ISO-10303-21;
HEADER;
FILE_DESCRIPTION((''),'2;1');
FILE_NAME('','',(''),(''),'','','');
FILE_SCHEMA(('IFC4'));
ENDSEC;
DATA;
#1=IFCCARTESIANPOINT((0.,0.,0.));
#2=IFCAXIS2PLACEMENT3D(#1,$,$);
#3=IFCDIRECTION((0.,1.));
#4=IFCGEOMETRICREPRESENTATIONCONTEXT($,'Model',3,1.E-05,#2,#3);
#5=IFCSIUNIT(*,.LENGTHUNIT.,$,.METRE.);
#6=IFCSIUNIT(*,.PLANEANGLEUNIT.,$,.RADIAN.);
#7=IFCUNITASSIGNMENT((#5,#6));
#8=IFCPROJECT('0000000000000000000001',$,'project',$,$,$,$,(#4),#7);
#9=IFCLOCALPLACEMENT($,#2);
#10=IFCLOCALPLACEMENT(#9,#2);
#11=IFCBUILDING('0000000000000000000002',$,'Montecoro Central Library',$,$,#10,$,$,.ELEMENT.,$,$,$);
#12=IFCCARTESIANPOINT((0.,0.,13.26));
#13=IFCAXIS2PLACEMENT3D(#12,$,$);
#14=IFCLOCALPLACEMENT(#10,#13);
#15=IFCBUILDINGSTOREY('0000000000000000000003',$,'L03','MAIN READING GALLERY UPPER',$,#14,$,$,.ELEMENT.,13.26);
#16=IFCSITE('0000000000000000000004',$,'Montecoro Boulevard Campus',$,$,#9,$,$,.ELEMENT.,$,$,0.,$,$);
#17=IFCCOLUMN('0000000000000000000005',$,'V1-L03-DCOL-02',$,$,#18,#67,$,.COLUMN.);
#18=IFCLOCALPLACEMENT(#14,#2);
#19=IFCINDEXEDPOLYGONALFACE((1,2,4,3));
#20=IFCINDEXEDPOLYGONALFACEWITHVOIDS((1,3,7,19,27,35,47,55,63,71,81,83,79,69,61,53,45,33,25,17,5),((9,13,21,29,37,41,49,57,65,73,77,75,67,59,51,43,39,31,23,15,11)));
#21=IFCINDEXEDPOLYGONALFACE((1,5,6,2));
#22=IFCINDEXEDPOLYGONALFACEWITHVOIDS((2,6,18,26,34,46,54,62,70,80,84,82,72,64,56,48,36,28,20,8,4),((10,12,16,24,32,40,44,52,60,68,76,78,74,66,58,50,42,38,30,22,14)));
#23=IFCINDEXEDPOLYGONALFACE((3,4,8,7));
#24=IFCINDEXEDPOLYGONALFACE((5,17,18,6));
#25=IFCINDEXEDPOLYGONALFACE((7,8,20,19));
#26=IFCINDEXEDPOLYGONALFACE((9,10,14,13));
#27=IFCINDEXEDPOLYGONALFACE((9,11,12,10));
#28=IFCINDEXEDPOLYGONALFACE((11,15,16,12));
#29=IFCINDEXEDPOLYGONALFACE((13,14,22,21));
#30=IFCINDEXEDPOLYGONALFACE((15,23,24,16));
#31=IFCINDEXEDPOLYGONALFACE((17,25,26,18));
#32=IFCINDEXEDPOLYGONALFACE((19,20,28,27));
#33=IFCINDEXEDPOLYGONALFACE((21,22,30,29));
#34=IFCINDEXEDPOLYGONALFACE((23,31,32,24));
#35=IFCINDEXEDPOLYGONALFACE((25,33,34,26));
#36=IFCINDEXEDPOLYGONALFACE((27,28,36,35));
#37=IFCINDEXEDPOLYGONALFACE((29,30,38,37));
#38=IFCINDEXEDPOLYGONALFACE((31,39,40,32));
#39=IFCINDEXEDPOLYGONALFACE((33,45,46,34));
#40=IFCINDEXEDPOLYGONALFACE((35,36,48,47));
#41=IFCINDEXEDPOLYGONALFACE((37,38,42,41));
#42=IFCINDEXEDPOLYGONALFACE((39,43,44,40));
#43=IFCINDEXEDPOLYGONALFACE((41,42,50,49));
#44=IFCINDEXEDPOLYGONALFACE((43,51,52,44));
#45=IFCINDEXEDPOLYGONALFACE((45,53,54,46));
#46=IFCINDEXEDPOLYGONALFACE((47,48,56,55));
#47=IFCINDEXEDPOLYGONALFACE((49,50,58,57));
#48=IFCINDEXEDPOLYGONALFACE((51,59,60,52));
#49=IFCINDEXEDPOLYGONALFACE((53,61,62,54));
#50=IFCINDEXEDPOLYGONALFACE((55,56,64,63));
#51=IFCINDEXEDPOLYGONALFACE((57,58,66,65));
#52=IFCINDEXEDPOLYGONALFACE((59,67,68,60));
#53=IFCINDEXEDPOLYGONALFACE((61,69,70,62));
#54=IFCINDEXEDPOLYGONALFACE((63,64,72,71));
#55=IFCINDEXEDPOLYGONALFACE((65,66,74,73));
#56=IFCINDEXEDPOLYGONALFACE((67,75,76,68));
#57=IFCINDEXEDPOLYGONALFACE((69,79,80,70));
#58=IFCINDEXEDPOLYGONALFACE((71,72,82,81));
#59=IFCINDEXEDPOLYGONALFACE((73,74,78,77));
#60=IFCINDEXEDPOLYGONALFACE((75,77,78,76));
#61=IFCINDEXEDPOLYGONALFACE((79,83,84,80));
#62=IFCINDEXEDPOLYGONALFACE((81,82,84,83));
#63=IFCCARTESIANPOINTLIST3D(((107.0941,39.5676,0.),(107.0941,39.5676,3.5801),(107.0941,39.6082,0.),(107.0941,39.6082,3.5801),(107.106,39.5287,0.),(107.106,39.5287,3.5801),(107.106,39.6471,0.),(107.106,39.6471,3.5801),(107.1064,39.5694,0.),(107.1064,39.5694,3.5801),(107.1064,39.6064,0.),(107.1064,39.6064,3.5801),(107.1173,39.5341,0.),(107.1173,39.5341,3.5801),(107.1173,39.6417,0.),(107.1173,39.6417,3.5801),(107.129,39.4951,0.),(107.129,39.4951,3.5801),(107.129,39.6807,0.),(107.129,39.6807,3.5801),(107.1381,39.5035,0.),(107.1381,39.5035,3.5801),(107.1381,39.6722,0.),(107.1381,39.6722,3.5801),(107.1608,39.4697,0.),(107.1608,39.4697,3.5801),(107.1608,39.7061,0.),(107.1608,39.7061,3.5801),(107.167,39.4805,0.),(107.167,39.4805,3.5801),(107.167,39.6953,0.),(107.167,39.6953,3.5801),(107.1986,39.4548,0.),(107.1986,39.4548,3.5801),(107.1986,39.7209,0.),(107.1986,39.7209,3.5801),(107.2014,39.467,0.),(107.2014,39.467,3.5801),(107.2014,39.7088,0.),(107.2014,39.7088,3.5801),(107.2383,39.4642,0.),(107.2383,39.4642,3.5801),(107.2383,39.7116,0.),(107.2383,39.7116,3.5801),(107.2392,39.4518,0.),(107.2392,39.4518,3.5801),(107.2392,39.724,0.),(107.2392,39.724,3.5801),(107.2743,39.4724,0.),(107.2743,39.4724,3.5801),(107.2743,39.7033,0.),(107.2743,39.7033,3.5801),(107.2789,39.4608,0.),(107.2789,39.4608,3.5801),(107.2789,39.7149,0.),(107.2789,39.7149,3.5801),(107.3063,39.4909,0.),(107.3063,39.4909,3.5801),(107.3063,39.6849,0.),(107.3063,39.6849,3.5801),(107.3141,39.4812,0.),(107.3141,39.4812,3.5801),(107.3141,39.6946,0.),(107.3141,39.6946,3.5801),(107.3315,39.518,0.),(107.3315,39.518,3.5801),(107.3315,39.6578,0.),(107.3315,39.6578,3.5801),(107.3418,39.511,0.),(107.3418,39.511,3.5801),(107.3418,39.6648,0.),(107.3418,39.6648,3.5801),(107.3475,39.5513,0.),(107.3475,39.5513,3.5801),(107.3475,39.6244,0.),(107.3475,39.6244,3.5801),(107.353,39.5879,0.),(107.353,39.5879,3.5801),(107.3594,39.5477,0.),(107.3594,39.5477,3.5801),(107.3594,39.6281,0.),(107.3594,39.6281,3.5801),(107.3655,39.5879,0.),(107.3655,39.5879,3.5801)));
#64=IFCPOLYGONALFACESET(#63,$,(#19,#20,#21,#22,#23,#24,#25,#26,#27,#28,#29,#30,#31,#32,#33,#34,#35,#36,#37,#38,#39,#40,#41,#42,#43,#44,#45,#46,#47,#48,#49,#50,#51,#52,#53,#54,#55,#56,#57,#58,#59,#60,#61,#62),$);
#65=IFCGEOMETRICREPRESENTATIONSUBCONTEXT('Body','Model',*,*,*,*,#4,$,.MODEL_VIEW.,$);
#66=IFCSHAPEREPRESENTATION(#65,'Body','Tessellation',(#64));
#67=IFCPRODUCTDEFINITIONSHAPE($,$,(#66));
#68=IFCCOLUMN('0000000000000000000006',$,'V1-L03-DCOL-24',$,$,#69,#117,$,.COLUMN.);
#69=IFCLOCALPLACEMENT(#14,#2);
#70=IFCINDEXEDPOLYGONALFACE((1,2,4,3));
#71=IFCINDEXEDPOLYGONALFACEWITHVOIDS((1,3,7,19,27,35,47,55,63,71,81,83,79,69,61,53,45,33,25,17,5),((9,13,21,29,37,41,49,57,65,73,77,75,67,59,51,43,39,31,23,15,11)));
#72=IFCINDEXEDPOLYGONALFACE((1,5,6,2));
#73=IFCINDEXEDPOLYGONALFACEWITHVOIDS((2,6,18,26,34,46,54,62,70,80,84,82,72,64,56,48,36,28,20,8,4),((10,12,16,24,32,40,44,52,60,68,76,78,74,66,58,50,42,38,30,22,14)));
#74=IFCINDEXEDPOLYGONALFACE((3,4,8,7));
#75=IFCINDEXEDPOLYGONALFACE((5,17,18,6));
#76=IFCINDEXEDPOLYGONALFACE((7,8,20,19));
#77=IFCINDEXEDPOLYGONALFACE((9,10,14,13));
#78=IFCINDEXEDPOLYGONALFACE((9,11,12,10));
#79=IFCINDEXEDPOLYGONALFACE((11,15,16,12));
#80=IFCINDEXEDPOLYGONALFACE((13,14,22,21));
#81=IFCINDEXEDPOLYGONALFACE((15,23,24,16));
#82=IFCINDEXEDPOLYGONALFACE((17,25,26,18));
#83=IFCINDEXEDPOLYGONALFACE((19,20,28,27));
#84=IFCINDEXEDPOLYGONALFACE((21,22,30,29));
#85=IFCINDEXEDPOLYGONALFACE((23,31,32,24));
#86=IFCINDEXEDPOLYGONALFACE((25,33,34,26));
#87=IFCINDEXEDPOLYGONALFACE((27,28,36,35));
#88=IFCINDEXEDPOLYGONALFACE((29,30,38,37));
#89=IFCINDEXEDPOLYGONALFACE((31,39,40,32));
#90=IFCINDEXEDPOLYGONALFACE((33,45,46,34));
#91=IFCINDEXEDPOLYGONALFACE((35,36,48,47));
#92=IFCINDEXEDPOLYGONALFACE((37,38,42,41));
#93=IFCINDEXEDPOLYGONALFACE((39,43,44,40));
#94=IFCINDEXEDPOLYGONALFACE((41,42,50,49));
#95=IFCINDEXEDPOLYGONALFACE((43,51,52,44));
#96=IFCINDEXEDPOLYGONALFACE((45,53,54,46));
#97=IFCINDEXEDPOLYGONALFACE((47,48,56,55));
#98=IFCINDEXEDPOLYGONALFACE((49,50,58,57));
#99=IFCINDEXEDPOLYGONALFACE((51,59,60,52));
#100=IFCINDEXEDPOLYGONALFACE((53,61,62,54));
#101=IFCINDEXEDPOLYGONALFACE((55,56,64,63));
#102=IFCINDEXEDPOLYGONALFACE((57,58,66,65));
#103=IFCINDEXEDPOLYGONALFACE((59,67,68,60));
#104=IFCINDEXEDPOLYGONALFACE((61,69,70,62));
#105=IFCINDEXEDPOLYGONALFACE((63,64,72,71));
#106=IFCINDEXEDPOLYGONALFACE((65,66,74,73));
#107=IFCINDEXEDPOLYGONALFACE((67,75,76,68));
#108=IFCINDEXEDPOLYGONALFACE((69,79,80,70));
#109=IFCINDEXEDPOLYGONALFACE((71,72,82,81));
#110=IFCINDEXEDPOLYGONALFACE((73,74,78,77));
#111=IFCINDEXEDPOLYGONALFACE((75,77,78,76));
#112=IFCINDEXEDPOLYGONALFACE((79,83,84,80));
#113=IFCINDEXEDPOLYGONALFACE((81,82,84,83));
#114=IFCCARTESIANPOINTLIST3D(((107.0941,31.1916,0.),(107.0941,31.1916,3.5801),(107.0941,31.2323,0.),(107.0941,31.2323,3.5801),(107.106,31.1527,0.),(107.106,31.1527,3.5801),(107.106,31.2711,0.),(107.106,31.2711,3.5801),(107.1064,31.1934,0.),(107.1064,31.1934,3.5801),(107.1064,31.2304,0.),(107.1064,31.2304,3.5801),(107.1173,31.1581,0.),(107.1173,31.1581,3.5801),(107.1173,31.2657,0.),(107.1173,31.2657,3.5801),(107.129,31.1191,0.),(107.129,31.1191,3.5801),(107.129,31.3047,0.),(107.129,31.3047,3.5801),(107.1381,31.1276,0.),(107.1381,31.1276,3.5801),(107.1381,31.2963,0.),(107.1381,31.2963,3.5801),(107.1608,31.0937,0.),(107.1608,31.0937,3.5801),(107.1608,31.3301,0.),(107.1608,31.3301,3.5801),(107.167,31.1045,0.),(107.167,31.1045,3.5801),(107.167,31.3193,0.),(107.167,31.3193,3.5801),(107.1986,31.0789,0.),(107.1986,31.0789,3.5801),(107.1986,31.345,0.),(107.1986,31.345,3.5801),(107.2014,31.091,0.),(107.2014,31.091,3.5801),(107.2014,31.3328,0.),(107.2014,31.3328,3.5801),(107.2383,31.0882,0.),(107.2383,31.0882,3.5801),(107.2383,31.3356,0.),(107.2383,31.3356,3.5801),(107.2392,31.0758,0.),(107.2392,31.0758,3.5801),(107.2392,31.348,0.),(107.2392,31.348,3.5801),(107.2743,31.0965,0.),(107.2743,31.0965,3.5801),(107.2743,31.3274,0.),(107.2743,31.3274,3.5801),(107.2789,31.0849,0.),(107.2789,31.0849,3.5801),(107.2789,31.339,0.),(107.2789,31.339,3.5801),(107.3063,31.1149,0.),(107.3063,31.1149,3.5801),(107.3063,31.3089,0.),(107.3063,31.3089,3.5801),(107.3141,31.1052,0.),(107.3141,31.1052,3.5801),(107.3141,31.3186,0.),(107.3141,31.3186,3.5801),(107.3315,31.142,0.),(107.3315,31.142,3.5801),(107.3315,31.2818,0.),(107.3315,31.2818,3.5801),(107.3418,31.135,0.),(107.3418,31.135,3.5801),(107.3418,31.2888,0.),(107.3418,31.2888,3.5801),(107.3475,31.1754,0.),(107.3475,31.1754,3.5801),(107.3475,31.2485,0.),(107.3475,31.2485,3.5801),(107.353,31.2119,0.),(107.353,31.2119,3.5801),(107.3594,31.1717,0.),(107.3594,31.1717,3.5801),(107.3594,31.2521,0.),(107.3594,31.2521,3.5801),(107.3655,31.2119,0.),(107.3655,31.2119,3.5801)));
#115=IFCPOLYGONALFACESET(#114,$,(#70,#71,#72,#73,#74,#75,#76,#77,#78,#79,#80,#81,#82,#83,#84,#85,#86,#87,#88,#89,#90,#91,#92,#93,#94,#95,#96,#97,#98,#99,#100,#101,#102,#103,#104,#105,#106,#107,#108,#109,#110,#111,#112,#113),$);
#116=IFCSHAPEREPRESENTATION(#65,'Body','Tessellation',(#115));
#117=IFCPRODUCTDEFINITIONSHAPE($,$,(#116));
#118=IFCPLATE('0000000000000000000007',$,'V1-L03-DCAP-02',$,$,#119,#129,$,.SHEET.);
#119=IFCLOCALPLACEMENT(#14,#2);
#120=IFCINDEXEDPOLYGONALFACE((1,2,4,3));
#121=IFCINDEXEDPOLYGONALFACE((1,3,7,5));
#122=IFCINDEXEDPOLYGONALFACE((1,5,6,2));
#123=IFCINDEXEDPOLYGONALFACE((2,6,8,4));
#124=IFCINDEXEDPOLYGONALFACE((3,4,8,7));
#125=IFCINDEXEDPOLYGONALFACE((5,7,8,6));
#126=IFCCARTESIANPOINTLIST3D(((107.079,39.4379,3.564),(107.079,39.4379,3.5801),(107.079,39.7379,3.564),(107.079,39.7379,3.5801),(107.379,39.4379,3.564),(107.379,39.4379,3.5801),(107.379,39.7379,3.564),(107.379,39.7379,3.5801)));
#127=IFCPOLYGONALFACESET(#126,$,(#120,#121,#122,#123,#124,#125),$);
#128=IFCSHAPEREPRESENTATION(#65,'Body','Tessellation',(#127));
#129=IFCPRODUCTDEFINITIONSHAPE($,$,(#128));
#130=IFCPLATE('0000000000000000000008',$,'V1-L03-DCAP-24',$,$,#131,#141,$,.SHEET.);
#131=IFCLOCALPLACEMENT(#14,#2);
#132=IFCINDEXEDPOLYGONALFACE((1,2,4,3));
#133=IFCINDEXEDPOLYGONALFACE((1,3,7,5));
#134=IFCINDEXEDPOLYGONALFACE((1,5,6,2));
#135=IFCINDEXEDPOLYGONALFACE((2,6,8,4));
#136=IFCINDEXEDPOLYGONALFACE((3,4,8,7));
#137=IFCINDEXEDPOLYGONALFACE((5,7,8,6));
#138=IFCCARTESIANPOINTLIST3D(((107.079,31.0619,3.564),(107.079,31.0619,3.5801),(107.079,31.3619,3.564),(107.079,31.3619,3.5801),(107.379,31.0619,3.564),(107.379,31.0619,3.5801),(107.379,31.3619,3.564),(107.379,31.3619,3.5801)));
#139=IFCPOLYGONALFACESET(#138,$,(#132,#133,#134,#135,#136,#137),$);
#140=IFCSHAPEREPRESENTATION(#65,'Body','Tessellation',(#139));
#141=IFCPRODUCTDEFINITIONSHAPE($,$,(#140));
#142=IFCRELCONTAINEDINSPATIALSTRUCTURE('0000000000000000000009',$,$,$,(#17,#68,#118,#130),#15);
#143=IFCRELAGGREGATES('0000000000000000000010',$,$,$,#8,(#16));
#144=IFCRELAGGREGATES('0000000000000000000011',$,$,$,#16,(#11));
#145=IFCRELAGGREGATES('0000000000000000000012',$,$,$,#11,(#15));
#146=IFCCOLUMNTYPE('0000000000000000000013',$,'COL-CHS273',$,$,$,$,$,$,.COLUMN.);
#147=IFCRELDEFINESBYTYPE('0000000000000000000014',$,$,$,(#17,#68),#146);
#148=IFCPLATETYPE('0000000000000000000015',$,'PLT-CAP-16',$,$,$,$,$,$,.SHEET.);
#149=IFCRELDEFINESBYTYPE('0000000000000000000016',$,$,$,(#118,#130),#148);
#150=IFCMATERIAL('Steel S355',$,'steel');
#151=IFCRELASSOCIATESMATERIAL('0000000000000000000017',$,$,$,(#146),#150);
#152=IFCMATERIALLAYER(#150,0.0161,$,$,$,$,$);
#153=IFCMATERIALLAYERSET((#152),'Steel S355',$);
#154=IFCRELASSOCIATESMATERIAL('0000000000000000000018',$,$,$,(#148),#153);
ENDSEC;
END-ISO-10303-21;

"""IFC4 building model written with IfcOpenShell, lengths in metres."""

from ifc_helpers import new_model, si_unit, direction, frame, origin, origin_2d, place, context, subcontext, project, spatial, rectangle, hollow_circle, extrude, material, layer, layer_set, material_profile, profile_set, type_object, element, save


model = new_model("IFC4")

# Units and contexts
model_context = context("Model", 3, precision=1e-05, world=origin(), true_north=direction((0.0, 1.0)))
body_context = subcontext(model_context, "Body", "Model", "MODEL_VIEW")
ifc_project = project(units=[si_unit("LENGTHUNIT", "METRE"), si_unit("PLANEANGLEUNIT", "RADIAN")], contexts=[model_context])

# Site, building, storey
site_placement = place(None, origin())
site = spatial("IfcSite", under=ifc_project, at=site_placement, Name="Montecoro Boulevard Campus", CompositionType="ELEMENT", RefElevation=0.0)
building_placement = place(site_placement, origin())
building = spatial("IfcBuilding", under=site, at=building_placement, Name="Montecoro Central Library", CompositionType="ELEMENT")
storey_placement = place(building_placement, frame((0.0, 0.0, 13.26)))
storey = spatial("IfcBuildingStorey", under=building, at=storey_placement, Name="L03", Description="MAIN READING GALLERY UPPER", CompositionType="ELEMENT", Elevation=13.26)

# Columns
ifc_material_1 = material(Name="Steel S355", Category="steel")
ifc_material_profile = material_profile(ifc_material_1, hollow_circle(Radius=0.1365, WallThickness=0.0125, at=origin_2d()), Name="CHS 273.0x12.5")
ifc_profile_set = profile_set([ifc_material_profile], Name="Steel S355")
column_type = type_object("IfcColumnType", Name="COL-CHS273", PredefinedType="COLUMN", material=ifc_profile_set)
for number, where, z_axis, x_axis, name in (
    (1, (107.229, 39.5879, 0.0), (0.0, 0.0, 1.0), (1.0, 0.0, 0.0), "V1-L03-DCOL-02"),
    (2, (107.229, 31.2119, 0.0), (0.0, 0.0, 1.0), (1.0, 0.0, 0.0), "V1-L03-DCOL-24"),
):
    element("IfcColumn", number, at=place(storey_placement, frame(where, z_axis=z_axis, x_axis=x_axis)), inside=storey, type_object=column_type, Name=name, PredefinedType="COLUMN", context=body_context, shape_type="SweptSolid", body=[
        extrude(hollow_circle(Radius=0.1365, WallThickness=0.0125, at=origin_2d()), origin(), (0.0, 0.0, 1.0), 3.5801),
    ])

# Plates
ifc_layer_1 = layer(ifc_material_1, 0.0161)
ifc_layer_set_1 = layer_set([ifc_layer_1], Name="Steel S355")
plate_type = type_object("IfcPlateType", Name="PLT-CAP-16", PredefinedType="SHEET", material=ifc_layer_set_1)
for number, where, z_axis, x_axis, name in (
    (3, (107.229, 39.5879, 3.564), (0.0, 0.0, 1.0), (1.0, 0.0, 0.0), "V1-L03-DCAP-02"),
    (4, (107.229, 31.2119, 3.564), (0.0, 0.0, 1.0), (1.0, 0.0, 0.0), "V1-L03-DCAP-24"),
):
    element("IfcPlate", number, at=place(storey_placement, frame(where, z_axis=z_axis, x_axis=x_axis)), inside=storey, type_object=plate_type, Name=name, PredefinedType="SHEET", context=body_context, shape_type="SweptSolid", body=[
        extrude(rectangle(XDim=0.3, YDim=0.3, at=origin_2d()), origin(), (0.0, 0.0, 1.0), 0.0161),
    ])

save(model, "model.ifc")
